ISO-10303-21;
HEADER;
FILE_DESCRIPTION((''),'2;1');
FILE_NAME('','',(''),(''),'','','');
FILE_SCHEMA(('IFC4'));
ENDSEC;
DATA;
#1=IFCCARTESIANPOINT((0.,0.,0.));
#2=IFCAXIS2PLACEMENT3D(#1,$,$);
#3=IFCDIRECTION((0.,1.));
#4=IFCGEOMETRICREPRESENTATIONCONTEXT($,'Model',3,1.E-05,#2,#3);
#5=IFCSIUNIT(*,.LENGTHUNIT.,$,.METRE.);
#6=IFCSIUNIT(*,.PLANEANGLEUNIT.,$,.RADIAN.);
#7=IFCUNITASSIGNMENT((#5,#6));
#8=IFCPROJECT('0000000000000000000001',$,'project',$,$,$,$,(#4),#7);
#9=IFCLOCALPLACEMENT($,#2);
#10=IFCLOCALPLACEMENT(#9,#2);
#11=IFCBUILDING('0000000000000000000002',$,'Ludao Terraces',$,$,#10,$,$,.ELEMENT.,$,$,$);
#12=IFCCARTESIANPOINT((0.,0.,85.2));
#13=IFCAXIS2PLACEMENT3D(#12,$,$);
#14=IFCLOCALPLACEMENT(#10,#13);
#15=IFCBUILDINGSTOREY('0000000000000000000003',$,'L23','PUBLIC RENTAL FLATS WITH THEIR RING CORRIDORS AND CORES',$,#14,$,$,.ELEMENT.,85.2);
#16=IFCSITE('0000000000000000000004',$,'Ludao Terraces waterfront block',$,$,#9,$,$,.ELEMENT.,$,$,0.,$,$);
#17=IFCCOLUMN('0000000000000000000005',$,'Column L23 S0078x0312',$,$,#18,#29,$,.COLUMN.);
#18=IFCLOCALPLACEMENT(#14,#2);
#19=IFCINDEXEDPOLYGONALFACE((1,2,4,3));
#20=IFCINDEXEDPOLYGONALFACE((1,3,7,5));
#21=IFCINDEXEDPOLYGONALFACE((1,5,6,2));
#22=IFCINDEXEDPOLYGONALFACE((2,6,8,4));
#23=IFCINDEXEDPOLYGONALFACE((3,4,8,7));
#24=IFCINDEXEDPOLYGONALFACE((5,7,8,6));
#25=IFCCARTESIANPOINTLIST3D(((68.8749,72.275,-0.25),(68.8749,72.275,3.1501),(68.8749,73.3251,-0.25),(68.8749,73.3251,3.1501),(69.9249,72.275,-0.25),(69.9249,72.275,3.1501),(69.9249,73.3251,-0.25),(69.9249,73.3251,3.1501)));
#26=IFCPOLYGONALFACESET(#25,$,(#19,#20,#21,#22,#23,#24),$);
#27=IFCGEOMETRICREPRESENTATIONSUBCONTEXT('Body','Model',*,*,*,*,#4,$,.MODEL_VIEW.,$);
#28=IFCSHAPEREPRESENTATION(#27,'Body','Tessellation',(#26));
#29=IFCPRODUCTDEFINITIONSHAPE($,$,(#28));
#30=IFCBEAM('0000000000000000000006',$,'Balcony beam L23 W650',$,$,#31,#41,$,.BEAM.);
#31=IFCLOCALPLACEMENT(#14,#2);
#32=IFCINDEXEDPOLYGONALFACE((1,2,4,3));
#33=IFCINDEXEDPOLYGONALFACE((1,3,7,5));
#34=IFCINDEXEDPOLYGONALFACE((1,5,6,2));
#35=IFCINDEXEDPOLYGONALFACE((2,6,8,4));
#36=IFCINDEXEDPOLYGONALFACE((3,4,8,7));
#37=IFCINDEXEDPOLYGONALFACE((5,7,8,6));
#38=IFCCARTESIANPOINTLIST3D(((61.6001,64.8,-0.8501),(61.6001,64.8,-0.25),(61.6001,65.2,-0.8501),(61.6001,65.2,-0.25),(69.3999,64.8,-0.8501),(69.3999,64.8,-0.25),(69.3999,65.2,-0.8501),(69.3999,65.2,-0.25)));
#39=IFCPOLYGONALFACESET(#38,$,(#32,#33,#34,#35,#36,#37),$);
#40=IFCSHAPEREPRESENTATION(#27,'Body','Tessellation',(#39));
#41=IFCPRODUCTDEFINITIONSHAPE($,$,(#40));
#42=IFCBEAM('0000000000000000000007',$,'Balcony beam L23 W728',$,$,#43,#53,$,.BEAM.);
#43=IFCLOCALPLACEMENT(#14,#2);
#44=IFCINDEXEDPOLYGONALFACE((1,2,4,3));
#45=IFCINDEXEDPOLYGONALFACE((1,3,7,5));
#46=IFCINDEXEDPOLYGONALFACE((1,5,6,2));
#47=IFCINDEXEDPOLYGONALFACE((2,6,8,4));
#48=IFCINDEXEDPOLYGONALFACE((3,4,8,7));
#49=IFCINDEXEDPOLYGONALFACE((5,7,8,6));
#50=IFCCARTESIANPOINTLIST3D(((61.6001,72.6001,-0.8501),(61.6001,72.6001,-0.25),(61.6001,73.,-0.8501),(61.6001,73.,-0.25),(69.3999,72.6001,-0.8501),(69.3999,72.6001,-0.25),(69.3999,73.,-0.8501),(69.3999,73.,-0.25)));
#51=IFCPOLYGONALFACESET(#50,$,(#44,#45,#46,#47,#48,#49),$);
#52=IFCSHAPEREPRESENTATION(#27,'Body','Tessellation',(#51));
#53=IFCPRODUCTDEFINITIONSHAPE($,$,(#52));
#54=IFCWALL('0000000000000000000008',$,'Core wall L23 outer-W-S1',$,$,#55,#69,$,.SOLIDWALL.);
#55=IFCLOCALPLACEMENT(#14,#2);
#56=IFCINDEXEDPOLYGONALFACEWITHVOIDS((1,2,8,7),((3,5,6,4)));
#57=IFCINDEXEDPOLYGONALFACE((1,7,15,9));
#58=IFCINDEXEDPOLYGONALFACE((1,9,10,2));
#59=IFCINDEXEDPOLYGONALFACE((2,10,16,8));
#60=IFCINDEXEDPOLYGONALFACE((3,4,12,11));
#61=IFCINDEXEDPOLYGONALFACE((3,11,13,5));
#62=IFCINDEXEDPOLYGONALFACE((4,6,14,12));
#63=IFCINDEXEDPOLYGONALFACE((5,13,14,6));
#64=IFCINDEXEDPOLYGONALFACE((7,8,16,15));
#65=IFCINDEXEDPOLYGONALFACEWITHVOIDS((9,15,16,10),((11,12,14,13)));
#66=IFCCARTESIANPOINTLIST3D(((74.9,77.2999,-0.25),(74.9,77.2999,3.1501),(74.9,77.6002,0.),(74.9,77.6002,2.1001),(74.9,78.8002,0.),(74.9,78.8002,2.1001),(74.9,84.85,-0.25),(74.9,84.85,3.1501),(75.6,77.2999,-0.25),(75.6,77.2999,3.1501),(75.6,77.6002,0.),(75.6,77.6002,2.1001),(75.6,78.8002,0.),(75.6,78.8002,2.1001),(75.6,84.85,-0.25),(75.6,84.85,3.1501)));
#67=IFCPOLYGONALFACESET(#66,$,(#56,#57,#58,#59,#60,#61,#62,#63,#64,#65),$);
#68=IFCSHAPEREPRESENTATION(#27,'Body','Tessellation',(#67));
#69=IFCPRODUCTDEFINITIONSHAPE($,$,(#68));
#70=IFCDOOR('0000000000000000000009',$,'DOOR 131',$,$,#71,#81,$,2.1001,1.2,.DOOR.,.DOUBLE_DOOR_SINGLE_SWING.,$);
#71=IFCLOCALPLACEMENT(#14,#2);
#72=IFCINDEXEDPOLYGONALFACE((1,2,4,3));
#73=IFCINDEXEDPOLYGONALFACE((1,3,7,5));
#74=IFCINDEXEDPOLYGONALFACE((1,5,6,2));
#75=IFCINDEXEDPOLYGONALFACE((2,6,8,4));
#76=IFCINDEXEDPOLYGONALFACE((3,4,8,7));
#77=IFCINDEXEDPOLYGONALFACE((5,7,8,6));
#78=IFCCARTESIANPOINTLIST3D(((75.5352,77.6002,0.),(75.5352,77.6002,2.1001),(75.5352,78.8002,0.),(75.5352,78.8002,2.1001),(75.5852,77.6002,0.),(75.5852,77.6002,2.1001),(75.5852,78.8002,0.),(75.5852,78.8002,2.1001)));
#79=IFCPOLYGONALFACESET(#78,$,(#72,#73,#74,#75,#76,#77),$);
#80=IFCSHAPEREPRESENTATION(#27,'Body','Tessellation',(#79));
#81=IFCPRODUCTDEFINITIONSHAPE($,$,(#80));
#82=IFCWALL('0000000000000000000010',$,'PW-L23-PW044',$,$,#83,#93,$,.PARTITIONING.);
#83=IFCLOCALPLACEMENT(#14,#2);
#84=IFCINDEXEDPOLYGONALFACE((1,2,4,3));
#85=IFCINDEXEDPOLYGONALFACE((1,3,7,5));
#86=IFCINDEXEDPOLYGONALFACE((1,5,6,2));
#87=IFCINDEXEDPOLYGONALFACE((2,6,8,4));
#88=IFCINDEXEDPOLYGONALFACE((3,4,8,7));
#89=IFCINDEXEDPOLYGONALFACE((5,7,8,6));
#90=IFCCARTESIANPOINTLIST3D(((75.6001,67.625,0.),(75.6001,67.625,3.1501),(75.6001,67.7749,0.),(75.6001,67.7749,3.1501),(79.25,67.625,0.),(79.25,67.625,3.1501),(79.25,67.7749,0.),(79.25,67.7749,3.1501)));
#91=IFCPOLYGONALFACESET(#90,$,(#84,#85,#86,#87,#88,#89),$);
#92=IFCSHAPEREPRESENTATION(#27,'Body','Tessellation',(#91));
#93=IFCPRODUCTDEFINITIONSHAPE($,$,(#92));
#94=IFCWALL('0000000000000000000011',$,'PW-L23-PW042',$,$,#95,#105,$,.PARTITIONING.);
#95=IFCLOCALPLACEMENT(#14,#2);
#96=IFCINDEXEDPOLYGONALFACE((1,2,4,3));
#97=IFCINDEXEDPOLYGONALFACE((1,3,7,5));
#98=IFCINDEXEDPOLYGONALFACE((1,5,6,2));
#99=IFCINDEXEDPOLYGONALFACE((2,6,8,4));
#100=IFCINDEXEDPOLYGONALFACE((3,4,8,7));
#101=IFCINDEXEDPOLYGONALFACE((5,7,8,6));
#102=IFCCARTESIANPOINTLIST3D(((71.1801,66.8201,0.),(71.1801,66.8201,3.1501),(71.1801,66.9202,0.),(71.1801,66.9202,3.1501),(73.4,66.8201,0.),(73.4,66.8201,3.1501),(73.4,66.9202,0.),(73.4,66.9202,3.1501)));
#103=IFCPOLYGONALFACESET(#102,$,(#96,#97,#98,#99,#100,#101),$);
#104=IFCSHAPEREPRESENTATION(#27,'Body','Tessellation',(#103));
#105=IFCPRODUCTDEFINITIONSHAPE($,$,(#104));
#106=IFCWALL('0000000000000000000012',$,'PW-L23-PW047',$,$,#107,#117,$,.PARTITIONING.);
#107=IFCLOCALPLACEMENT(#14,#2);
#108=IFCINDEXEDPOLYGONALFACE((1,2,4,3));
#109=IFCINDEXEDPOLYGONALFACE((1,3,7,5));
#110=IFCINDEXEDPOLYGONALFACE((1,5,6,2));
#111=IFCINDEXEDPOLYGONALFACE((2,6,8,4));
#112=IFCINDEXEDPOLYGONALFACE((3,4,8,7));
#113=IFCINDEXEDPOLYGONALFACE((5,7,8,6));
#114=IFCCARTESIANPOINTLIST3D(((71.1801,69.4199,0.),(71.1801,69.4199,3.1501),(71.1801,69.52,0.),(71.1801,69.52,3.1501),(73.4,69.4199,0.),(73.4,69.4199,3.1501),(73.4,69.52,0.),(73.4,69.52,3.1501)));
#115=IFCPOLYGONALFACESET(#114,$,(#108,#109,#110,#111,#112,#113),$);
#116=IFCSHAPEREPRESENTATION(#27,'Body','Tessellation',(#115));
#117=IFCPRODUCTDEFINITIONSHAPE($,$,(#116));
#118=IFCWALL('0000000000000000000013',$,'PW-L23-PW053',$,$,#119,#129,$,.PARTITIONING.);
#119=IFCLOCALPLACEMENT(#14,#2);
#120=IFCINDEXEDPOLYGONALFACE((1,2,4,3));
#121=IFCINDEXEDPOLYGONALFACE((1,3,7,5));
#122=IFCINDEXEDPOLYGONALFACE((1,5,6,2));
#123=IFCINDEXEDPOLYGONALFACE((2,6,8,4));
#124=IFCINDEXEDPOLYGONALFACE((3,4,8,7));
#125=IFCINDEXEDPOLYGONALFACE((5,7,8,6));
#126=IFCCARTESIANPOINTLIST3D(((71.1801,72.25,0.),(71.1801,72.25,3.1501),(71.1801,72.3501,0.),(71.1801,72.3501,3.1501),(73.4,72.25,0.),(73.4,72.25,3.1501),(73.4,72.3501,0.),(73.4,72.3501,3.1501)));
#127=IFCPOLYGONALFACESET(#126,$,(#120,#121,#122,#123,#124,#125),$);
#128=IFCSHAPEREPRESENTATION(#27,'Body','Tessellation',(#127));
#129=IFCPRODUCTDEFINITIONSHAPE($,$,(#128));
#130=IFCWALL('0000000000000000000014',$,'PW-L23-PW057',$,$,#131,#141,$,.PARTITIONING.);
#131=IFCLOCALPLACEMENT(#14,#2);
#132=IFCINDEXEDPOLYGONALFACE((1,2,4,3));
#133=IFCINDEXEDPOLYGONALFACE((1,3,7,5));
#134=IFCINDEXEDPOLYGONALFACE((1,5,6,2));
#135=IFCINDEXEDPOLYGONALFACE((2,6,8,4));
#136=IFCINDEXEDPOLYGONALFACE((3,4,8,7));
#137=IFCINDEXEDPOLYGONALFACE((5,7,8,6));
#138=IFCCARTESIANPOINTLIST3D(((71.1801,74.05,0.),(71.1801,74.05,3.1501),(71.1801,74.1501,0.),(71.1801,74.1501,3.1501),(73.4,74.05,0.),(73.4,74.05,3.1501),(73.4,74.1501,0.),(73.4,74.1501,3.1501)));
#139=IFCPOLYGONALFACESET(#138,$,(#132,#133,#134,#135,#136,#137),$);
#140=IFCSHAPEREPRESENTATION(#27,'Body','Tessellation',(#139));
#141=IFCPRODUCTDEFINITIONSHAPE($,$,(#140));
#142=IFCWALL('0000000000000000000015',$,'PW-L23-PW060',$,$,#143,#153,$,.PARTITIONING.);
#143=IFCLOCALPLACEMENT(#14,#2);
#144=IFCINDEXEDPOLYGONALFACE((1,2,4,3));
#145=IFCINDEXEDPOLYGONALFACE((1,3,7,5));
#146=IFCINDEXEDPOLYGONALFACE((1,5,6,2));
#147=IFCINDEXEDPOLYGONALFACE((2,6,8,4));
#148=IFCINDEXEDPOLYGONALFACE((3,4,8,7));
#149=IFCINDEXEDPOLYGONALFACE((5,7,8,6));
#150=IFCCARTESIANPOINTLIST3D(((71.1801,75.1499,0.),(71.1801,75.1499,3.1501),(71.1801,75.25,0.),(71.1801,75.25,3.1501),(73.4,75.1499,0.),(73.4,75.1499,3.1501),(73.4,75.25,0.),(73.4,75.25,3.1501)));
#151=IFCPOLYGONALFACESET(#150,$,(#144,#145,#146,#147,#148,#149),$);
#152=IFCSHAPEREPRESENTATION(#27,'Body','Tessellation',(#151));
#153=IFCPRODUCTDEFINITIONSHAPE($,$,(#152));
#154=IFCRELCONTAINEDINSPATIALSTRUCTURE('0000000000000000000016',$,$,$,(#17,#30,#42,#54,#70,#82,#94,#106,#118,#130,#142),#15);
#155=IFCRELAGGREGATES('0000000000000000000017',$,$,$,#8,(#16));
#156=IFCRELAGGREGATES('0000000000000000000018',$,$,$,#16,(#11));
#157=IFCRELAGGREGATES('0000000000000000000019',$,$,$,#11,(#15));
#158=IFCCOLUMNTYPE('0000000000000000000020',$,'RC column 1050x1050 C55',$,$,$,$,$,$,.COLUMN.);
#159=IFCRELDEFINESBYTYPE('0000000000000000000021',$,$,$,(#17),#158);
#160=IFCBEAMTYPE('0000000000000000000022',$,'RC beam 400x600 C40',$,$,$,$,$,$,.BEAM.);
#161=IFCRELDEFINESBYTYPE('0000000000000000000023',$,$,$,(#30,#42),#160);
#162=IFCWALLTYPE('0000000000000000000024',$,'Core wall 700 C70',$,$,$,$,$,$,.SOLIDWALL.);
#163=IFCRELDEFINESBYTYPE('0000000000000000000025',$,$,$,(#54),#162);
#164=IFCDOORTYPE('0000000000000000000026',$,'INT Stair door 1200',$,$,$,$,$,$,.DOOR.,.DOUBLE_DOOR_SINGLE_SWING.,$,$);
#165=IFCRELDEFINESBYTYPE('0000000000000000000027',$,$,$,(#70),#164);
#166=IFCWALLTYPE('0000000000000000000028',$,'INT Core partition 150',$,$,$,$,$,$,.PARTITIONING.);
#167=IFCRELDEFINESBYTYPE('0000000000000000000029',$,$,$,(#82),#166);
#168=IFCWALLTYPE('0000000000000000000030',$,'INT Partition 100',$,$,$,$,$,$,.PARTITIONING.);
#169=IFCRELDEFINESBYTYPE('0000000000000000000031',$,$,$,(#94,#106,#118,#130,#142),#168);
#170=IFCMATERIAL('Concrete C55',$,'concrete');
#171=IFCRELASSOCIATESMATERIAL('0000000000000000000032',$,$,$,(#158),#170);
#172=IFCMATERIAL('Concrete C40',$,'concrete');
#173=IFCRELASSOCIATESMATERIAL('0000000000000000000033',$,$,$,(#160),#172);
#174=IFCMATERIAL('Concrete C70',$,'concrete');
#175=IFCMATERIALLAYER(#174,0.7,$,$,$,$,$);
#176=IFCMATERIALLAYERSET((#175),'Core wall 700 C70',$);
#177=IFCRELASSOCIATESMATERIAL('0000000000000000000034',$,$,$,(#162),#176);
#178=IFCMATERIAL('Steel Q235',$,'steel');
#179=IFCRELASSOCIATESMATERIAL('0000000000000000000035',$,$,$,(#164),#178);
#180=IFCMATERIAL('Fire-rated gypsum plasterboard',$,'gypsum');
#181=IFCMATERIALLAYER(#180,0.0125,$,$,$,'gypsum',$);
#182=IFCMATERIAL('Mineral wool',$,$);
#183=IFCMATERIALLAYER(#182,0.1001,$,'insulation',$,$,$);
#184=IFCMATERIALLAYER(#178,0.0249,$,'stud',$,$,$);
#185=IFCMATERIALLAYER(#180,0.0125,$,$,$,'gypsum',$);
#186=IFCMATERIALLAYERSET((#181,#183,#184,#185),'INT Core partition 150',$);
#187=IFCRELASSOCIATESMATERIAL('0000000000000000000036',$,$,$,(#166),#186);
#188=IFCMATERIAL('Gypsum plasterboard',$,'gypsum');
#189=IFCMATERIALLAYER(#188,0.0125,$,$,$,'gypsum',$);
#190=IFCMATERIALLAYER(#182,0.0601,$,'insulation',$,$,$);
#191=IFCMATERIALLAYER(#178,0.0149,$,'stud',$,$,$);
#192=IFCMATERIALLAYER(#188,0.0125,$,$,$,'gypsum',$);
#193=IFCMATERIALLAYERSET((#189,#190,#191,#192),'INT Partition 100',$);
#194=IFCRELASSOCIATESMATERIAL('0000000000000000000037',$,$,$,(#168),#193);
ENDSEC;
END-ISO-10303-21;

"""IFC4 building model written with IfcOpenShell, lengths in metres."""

from ifc_helpers import new_model, si_unit, direction, frame, frame_2d, origin, origin_2d, place, context, subcontext, project, spatial, rectangle, extrude, material, layer, layer_set, material_profile, profile_set, type_object, element, fill, save


model = new_model("IFC4")

# Units and contexts
model_context = context("Model", 3, precision=1e-05, world=origin(), true_north=direction((0.0, 1.0)))
body_context = subcontext(model_context, "Body", "Model", "MODEL_VIEW")
ifc_project = project(units=[si_unit("LENGTHUNIT", "METRE"), si_unit("PLANEANGLEUNIT", "RADIAN")], contexts=[model_context])

# Site, building, storey
site_placement = place(None, origin())
site = spatial("IfcSite", under=ifc_project, at=site_placement, Name="Ludao Terraces waterfront block", CompositionType="ELEMENT", RefElevation=0.0)
building_placement = place(site_placement, origin())
building = spatial("IfcBuilding", under=site, at=building_placement, Name="Ludao Terraces", CompositionType="ELEMENT")
storey_placement = place(building_placement, frame((0.0, 0.0, 85.2)))
storey = spatial("IfcBuildingStorey", under=building, at=storey_placement, Name="L23", Description="PUBLIC RENTAL FLATS WITH THEIR RING CORRIDORS AND CORES", CompositionType="ELEMENT", Elevation=85.2)

# Column
ifc_material_1 = material(Name="Concrete C55", Category="concrete")
ifc_material_profile_1 = material_profile(ifc_material_1, rectangle(XDim=1.05, YDim=1.05, at=origin_2d()), Name="1050 X 1050")
ifc_profile_set_1 = profile_set([ifc_material_profile_1], Name="Concrete C55")
column_type = type_object("IfcColumnType", Name="RC column 1050x1050 C55", PredefinedType="COLUMN", material=ifc_profile_set_1)
column_placement = place(storey_placement, frame((69.3999, 72.8, -0.25), z_axis=(0.0, 0.0, 1.0), x_axis=(1.0, 0.0, 0.0)))
element("IfcColumn", 1, at=column_placement, inside=storey, type_object=column_type, Name="Column L23 S0078x0312", PredefinedType="COLUMN", context=body_context, shape_type="SweptSolid", body=[
    extrude(rectangle(XDim=1.05, YDim=1.05, at=origin_2d()), origin(), (0.0, 0.0, 1.0), 3.4001),
])

# Beams
ifc_material_2 = material(Name="Concrete C40", Category="concrete")
ifc_material_profile_2 = material_profile(ifc_material_2, rectangle(XDim=0.3999, YDim=0.6001, at=origin_2d()), Name="400 X 600")
ifc_profile_set_2 = profile_set([ifc_material_profile_2], Name="Concrete C40")
beam_type = type_object("IfcBeamType", Name="RC beam 400x600 C40", PredefinedType="BEAM", material=ifc_profile_set_2)
for number, where, z_axis, x_axis, name in (
    (2, (69.3999, 65.0, -0.55), (-1.0, 0.0, 0.0), (0.0, -1.0, 0.0), "Balcony beam L23 W650"),
    (3, (69.3999, 72.8, -0.55), (-1.0, 0.0, 0.0), (0.0, -1.0, 0.0), "Balcony beam L23 W728"),
):
    element("IfcBeam", number, at=place(storey_placement, frame(where, z_axis=z_axis, x_axis=x_axis)), inside=storey, type_object=beam_type, Name=name, PredefinedType="BEAM", context=body_context, shape_type="SweptSolid", body=[
        extrude(rectangle(XDim=0.3999, YDim=0.6001, at=origin_2d()), origin(), (0.0, 0.0, 1.0), 7.7998),
    ])

# Wall, opening, door
ifc_material_3 = material(Name="Concrete C70", Category="concrete")
ifc_layer_1 = layer(ifc_material_3, 0.7)
ifc_layer_set_1 = layer_set([ifc_layer_1], Name="Core wall 700 C70")
wall_type_1 = type_object("IfcWallType", Name="Core wall 700 C70", PredefinedType="SOLIDWALL", material=ifc_layer_set_1)
wall_1_placement = place(storey_placement, frame((75.25, 77.3, -0.25), z_axis=(0.0, 0.0, 1.0), x_axis=(0.0, 1.0, 0.0)))
wall_1 = element("IfcWall", 4, at=wall_1_placement, inside=storey, type_object=wall_type_1, Name="Core wall L23 outer-W-S1", PredefinedType="SOLIDWALL", context=body_context, shape_type="SweptSolid", body=[
    extrude(rectangle(XDim=7.55, YDim=0.7, at=frame_2d((3.7749, 0.0))), origin(), (0.0, 0.0, 1.0), 3.4001),
])
opening_1_placement = place(wall_1_placement, frame((0.3, 0.0, 0.25)))
opening_1 = element("IfcOpeningElement", 5, at=opening_1_placement, cuts=wall_1, PredefinedType="OPENING", context=body_context, shape_type="SweptSolid", body=[
    extrude(rectangle(XDim=1.2, YDim=2.1001, at=frame_2d((0.6001, 1.05))), frame((0.0, 0.3599, 0.0), z_axis=(0.0, -1.0, 0.0), x_axis=(1.0, 0.0, 0.0)), (0.0, 0.0, 1.0), 0.72),
])
ifc_material_4 = material(Name="Steel Q235", Category="steel")
door_type_1 = type_object("IfcDoorType", Name="INT Stair door 1200", OperationType="DOUBLE_DOOR_SINGLE_SWING", PredefinedType="DOOR", material=ifc_material_4)
door_1_placement = place(opening_1_placement, origin())
door_1 = element("IfcDoor", 6, at=door_1_placement, inside=storey, type_object=door_type_1, Name="DOOR 131", OperationType="DOUBLE_DOOR_SINGLE_SWING", OverallHeight=2.1001, OverallWidth=1.2, PredefinedType="DOOR", context=body_context, shape_type="SweptSolid", body=[
    extrude(rectangle(XDim=1.2, YDim=2.1001, at=frame_2d((0.6001, 1.05))), frame((0.0, -0.2852, 0.0), z_axis=(0.0, -1.0, 0.0), x_axis=(1.0, 0.0, 0.0)), (0.0, 0.0, 1.0), 0.05),
])
fill(opening_1, door_1)

# Walls
ifc_material_5 = material(Name="Fire-rated gypsum plasterboard", Category="gypsum")
ifc_layer_2 = layer(ifc_material_5, 0.0125, Category="gypsum")
ifc_material_6 = material(Name="Mineral wool")
ifc_layer_3 = layer(ifc_material_6, 0.1001, Name="insulation")
ifc_layer_4 = layer(ifc_material_4, 0.0249, Name="stud")
ifc_layer_5 = layer(ifc_material_5, 0.0125, Category="gypsum")
ifc_layer_set_2 = layer_set([ifc_layer_2, ifc_layer_3, ifc_layer_4, ifc_layer_5], Name="INT Core partition 150")
wall_type_2 = type_object("IfcWallType", Name="INT Core partition 150", PredefinedType="PARTITIONING", material=ifc_layer_set_2)
wall_2_placement = place(storey_placement, frame((75.6001, 67.7, 0.0), z_axis=(0.0, 0.0, 1.0), x_axis=(1.0, 0.0, 0.0)))
element("IfcWall", 7, at=wall_2_placement, inside=storey, type_object=wall_type_2, Name="PW-L23-PW044", PredefinedType="PARTITIONING", context=body_context, shape_type="SweptSolid", body=[
    extrude(rectangle(XDim=3.6499, YDim=0.1499, at=frame_2d((1.825, 0.0))), origin(), (0.0, 0.0, 1.0), 3.1501),
])
ifc_material_7 = material(Name="Gypsum plasterboard", Category="gypsum")
ifc_layer_6 = layer(ifc_material_7, 0.0125, Category="gypsum")
ifc_layer_7 = layer(ifc_material_6, 0.0601, Name="insulation")
ifc_layer_8 = layer(ifc_material_4, 0.0149, Name="stud")
ifc_layer_9 = layer(ifc_material_7, 0.0125, Category="gypsum")
ifc_layer_set_3 = layer_set([ifc_layer_6, ifc_layer_7, ifc_layer_8, ifc_layer_9], Name="INT Partition 100")
wall_type_3 = type_object("IfcWallType", Name="INT Partition 100", PredefinedType="PARTITIONING", material=ifc_layer_set_3)
for number, where, z_axis, x_axis, name in (
    (8, (71.1802, 66.8701, 0.0), (0.0, 0.0, 1.0), (1.0, 0.0, 0.0), "PW-L23-PW042"),
    (9, (71.1802, 69.47, 0.0), (0.0, 0.0, 1.0), (1.0, 0.0, 0.0), "PW-L23-PW047"),
    (10, (71.1802, 72.3, 0.0), (0.0, 0.0, 1.0), (1.0, 0.0, 0.0), "PW-L23-PW053"),
    (11, (71.1802, 74.1001, 0.0), (0.0, 0.0, 1.0), (1.0, 0.0, 0.0), "PW-L23-PW057"),
    (12, (71.1802, 75.2, 0.0), (0.0, 0.0, 1.0), (1.0, 0.0, 0.0), "PW-L23-PW060"),
):
    element("IfcWall", number, at=place(storey_placement, frame(where, z_axis=z_axis, x_axis=x_axis)), inside=storey, type_object=wall_type_3, Name=name, PredefinedType="PARTITIONING", context=body_context, shape_type="SweptSolid", body=[
        extrude(rectangle(XDim=2.22, YDim=0.1001, at=frame_2d((1.1099, 0.0))), origin(), (0.0, 0.0, 1.0), 3.1501),
    ])

save(model, "model.ifc")
